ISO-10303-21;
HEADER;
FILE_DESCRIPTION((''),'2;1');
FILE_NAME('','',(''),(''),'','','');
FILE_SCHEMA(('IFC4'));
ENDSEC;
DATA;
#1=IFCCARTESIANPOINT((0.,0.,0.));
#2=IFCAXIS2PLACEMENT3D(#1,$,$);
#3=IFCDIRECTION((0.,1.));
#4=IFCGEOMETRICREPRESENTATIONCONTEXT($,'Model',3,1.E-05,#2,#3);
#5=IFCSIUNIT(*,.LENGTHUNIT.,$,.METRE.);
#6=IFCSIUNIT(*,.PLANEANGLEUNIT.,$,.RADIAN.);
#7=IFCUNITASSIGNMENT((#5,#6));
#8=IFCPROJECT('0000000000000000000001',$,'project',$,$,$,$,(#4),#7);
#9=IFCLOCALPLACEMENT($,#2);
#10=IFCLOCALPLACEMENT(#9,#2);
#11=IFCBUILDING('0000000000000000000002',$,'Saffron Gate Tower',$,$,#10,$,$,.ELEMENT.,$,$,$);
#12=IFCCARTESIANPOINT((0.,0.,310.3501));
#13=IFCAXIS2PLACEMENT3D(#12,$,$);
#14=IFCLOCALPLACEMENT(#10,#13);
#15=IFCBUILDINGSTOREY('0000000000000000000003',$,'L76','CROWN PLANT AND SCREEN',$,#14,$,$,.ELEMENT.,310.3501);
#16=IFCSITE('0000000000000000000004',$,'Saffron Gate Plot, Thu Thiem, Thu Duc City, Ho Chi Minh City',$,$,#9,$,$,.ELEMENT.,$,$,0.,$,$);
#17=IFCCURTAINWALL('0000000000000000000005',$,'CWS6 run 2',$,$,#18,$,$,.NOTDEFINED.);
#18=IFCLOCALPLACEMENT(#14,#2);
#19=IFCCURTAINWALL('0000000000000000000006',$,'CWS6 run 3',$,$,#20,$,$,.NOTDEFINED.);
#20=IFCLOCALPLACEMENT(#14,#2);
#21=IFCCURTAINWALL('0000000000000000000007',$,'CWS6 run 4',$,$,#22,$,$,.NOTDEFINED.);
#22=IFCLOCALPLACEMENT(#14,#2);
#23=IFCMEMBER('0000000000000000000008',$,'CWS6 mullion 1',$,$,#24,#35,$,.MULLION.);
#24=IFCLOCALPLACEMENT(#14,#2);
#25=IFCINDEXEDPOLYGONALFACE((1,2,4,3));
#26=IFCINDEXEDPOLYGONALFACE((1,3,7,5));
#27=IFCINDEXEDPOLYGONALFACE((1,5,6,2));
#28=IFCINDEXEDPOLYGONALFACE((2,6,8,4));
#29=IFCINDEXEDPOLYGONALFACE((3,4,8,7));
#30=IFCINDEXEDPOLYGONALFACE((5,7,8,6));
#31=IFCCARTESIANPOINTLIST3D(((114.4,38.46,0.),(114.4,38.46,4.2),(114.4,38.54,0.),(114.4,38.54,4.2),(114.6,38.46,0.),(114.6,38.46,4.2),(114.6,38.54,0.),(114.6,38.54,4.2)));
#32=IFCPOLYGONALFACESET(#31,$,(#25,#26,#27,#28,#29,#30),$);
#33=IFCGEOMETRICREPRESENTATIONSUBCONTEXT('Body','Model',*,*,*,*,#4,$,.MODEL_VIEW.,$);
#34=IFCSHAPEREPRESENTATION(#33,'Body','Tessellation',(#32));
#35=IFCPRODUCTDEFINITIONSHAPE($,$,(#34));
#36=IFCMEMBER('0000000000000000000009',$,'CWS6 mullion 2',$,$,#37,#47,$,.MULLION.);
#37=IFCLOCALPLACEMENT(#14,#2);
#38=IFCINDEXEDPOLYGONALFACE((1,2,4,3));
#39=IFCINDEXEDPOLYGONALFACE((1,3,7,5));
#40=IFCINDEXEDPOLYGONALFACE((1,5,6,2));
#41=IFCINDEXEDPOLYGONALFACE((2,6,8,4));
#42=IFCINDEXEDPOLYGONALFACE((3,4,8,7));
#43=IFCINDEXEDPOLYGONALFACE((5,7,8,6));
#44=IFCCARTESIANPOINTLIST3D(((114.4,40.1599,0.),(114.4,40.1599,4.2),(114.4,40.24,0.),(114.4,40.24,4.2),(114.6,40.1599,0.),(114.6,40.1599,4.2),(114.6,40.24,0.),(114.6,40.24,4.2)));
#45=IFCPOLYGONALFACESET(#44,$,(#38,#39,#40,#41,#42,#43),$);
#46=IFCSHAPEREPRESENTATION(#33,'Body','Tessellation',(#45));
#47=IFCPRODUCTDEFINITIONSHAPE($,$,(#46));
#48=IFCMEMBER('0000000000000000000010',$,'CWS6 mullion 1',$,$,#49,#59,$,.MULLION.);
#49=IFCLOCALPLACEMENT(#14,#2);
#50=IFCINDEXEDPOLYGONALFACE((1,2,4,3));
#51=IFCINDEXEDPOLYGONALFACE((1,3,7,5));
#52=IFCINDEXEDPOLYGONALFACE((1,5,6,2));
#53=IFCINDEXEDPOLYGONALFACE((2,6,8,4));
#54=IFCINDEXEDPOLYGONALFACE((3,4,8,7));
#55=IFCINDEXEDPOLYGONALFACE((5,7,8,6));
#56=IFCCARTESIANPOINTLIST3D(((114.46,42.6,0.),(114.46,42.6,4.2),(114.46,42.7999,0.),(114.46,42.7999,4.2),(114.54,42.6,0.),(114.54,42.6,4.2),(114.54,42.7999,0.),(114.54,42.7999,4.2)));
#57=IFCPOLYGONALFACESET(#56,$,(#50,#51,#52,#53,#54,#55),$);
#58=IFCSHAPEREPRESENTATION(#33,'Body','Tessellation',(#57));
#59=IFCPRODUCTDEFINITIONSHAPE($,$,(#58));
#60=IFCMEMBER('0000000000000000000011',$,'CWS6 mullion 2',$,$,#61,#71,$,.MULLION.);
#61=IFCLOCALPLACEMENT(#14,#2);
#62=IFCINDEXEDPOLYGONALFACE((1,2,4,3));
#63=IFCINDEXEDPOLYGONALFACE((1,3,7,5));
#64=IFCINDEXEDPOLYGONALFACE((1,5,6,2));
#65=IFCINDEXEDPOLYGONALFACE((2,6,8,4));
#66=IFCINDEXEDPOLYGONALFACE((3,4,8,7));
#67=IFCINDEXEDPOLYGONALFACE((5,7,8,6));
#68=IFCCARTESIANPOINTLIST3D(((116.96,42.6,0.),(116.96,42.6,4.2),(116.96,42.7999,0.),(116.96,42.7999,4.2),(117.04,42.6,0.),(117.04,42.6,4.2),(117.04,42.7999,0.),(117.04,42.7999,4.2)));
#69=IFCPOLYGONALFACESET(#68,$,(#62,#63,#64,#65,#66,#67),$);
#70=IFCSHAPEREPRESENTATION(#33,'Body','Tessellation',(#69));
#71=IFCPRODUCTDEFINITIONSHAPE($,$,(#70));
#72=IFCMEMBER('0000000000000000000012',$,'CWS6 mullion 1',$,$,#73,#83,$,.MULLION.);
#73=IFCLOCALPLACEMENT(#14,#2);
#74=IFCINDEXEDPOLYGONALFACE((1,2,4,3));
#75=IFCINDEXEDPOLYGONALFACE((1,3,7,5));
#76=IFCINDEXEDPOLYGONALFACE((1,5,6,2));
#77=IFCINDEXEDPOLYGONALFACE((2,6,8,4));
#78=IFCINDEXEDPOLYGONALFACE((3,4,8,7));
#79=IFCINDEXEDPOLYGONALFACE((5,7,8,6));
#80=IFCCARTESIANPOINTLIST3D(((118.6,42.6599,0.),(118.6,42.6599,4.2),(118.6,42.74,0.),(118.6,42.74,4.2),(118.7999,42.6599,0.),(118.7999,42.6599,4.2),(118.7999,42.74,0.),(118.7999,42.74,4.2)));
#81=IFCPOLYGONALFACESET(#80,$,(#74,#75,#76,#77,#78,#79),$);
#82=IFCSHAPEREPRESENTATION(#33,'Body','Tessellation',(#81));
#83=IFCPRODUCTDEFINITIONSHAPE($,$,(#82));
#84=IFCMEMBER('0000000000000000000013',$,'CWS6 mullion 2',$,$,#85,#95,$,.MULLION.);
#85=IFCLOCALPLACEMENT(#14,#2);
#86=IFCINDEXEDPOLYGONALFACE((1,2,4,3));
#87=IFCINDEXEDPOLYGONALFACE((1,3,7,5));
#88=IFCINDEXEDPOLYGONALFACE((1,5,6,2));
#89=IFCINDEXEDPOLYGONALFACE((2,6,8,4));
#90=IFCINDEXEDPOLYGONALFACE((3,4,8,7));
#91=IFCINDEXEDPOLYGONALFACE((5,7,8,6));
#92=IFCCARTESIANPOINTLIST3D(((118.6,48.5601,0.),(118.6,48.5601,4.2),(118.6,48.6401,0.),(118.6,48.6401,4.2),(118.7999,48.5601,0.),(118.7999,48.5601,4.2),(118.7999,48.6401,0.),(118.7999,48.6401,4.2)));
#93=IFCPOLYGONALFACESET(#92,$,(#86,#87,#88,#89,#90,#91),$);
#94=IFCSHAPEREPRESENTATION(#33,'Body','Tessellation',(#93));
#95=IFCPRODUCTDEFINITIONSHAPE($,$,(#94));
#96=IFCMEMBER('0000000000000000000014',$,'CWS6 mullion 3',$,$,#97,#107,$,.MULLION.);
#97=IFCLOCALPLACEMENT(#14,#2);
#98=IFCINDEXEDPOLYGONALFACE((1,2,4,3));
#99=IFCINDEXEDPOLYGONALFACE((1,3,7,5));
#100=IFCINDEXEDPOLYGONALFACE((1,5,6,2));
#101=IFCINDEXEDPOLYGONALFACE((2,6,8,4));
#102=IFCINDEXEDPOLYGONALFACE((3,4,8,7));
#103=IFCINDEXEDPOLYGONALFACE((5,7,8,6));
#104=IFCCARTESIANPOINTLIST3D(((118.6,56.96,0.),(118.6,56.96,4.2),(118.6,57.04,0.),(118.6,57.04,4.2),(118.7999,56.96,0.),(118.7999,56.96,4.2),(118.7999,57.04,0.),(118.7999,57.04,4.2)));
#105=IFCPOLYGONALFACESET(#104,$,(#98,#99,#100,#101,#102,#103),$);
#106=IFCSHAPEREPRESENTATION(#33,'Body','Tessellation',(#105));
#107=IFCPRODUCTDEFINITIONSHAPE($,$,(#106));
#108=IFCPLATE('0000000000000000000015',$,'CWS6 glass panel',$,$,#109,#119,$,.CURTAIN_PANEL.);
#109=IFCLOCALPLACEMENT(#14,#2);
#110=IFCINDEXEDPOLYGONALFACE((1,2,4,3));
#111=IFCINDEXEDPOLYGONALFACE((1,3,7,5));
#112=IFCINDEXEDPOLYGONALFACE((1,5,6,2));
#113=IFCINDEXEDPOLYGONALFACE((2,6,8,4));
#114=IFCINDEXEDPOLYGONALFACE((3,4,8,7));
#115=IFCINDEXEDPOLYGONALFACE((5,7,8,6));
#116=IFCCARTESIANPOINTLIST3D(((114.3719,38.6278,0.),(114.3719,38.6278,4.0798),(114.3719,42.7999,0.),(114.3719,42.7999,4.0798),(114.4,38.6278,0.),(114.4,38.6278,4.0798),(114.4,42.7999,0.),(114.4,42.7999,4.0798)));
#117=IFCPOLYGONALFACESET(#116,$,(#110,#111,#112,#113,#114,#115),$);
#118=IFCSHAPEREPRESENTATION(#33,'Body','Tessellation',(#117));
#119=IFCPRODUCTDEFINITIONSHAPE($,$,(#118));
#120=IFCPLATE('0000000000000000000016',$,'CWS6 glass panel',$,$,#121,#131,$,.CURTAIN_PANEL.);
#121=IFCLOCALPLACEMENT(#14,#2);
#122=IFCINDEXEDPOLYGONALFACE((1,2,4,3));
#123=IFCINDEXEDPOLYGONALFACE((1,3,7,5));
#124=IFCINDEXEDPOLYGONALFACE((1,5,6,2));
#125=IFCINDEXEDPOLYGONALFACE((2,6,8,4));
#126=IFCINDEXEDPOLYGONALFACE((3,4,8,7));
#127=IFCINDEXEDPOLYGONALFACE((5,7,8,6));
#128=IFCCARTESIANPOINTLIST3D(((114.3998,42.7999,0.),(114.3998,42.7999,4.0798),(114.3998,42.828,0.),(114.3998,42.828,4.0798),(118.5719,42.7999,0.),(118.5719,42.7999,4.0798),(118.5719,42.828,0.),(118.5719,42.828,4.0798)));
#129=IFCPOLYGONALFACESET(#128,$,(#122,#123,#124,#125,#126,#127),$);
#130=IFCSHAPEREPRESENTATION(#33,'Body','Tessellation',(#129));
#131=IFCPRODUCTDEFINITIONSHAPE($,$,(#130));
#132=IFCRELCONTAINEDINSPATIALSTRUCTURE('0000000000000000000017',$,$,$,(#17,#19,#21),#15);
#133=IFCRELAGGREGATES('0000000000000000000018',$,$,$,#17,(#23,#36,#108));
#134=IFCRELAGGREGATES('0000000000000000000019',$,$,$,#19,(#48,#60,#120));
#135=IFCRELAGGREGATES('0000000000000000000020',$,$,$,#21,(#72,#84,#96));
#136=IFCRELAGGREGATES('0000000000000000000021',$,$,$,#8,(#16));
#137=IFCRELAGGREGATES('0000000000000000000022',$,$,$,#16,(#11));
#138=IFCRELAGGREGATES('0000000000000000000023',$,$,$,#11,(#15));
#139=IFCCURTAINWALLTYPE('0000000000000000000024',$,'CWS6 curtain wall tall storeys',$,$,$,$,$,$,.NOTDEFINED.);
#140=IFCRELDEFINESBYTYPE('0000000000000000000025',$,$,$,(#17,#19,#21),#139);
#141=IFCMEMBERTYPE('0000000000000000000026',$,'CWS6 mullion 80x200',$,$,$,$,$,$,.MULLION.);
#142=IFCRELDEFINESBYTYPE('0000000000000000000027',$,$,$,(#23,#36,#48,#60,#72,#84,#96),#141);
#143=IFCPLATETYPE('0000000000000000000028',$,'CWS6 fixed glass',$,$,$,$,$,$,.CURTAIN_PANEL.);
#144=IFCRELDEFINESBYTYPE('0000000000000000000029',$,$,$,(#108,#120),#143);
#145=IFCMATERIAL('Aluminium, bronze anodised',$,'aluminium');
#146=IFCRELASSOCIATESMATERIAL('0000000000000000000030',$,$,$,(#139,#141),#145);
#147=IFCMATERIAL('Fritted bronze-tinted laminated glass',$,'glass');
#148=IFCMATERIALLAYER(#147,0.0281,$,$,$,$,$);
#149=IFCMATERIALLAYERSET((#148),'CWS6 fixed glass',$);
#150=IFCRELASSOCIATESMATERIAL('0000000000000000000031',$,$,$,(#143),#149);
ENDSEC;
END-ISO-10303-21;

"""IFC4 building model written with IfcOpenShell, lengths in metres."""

from ifc_helpers import new_model, si_unit, direction, frame, frame_2d, origin, origin_2d, place, context, subcontext, project, spatial, rectangle, extrude, material, layer, layer_set, material_profile, profile_set, type_object, element, aggregate, save


model = new_model("IFC4")

# Units and contexts
model_context = context("Model", 3, precision=1e-05, world=origin(), true_north=direction((0.0, 1.0)))
body_context = subcontext(model_context, "Body", "Model", "MODEL_VIEW")
ifc_project = project(units=[si_unit("LENGTHUNIT", "METRE"), si_unit("PLANEANGLEUNIT", "RADIAN")], contexts=[model_context])

# Site, building, storey
site_placement = place(None, origin())
site = spatial("IfcSite", under=ifc_project, at=site_placement, Name="Saffron Gate Plot, Thu Thiem, Thu Duc City, Ho Chi Minh City", CompositionType="ELEMENT", RefElevation=0.0)
building_placement = place(site_placement, origin())
building = spatial("IfcBuilding", under=site, at=building_placement, Name="Saffron Gate Tower", CompositionType="ELEMENT")
storey_placement = place(building_placement, frame((0.0, 0.0, 310.3501)))
storey = spatial("IfcBuildingStorey", under=building, at=storey_placement, Name="L76", Description="CROWN PLANT AND SCREEN", CompositionType="ELEMENT", Elevation=310.3501)

# Curtain walls
ifc_material_1 = material(Name="Aluminium, bronze anodised", Category="aluminium")
curtain_wall_type = type_object("IfcCurtainWallType", Name="CWS6 curtain wall tall storeys", PredefinedType="NOTDEFINED", material=ifc_material_1)
curtain_wall_1_placement = place(storey_placement, origin())
curtain_wall_1 = element("IfcCurtainWall", 1, at=curtain_wall_1_placement, inside=storey, type_object=curtain_wall_type, Name="CWS6 run 2", PredefinedType="NOTDEFINED")
curtain_wall_2_placement = place(storey_placement, origin())
curtain_wall_2 = element("IfcCurtainWall", 2, at=curtain_wall_2_placement, inside=storey, type_object=curtain_wall_type, Name="CWS6 run 3", PredefinedType="NOTDEFINED")
curtain_wall_3_placement = place(storey_placement, origin())
curtain_wall_3 = element("IfcCurtainWall", 3, at=curtain_wall_3_placement, inside=storey, type_object=curtain_wall_type, Name="CWS6 run 4", PredefinedType="NOTDEFINED")

# Members
ifc_material_profile_1 = material_profile(ifc_material_1, rectangle(XDim=0.2, YDim=0.0801, at=origin_2d()))
ifc_profile_set_1 = profile_set([ifc_material_profile_1], Name="Aluminium, bronze anodised")
member_type_1 = type_object("IfcMemberType", Name="CWS6 mullion 80x200", PredefinedType="MULLION", material=ifc_profile_set_1)
member_1_placement = place(storey_placement, frame((114.5, 38.5, 0.0), z_axis=(0.0, 0.0, 1.0), x_axis=(-1.0, 0.0, 0.0)))
member_1 = element("IfcMember", 4, at=member_1_placement, type_object=member_type_1, Name="CWS6 mullion 1", PredefinedType="MULLION", context=body_context, shape_type="SweptSolid", body=[
    extrude(rectangle(XDim=0.2, YDim=0.0801, at=origin_2d()), origin(), (0.0, 0.0, 1.0), 4.2),
])
member_2_placement = place(storey_placement, frame((114.5, 40.2, 0.0), z_axis=(0.0, 0.0, 1.0), x_axis=(-1.0, 0.0, 0.0)))
member_2 = element("IfcMember", 5, at=member_2_placement, type_object=member_type_1, Name="CWS6 mullion 2", PredefinedType="MULLION", context=body_context, shape_type="SweptSolid", body=[
    extrude(rectangle(XDim=0.2, YDim=0.0801, at=origin_2d()), origin(), (0.0, 0.0, 1.0), 4.2),
])
member_3_placement = place(storey_placement, frame((114.5, 42.7, 0.0), z_axis=(0.0, 0.0, 1.0), x_axis=(0.0, 1.0, 0.0)))
member_3 = element("IfcMember", 6, at=member_3_placement, type_object=member_type_1, Name="CWS6 mullion 1", PredefinedType="MULLION", context=body_context, shape_type="SweptSolid", body=[
    extrude(rectangle(XDim=0.2, YDim=0.0801, at=origin_2d()), origin(), (0.0, 0.0, 1.0), 4.2),
])
member_4_placement = place(storey_placement, frame((117.0, 42.7, 0.0), z_axis=(0.0, 0.0, 1.0), x_axis=(0.0, 1.0, 0.0)))
member_4 = element("IfcMember", 7, at=member_4_placement, type_object=member_type_1, Name="CWS6 mullion 2", PredefinedType="MULLION", context=body_context, shape_type="SweptSolid", body=[
    extrude(rectangle(XDim=0.2, YDim=0.0801, at=origin_2d()), origin(), (0.0, 0.0, 1.0), 4.2),
])
member_5_placement = place(storey_placement, frame((118.7, 42.7, 0.0), z_axis=(0.0, 0.0, 1.0), x_axis=(-1.0, 0.0, 0.0)))
member_5 = element("IfcMember", 8, at=member_5_placement, type_object=member_type_1, Name="CWS6 mullion 1", PredefinedType="MULLION", context=body_context, shape_type="SweptSolid", body=[
    extrude(rectangle(XDim=0.2, YDim=0.0801, at=origin_2d()), origin(), (0.0, 0.0, 1.0), 4.2),
])
member_6_placement = place(storey_placement, frame((118.7, 48.6001, 0.0), z_axis=(0.0, 0.0, 1.0), x_axis=(-1.0, 0.0, 0.0)))
member_6 = element("IfcMember", 9, at=member_6_placement, type_object=member_type_1, Name="CWS6 mullion 2", PredefinedType="MULLION", context=body_context, shape_type="SweptSolid", body=[
    extrude(rectangle(XDim=0.2, YDim=0.0801, at=origin_2d()), origin(), (0.0, 0.0, 1.0), 4.2),
])
member_7_placement = place(storey_placement, frame((118.7, 57.0, 0.0), z_axis=(0.0, 0.0, 1.0), x_axis=(-1.0, 0.0, 0.0)))
member_7 = element("IfcMember", 10, at=member_7_placement, type_object=member_type_1, Name="CWS6 mullion 3", PredefinedType="MULLION", context=body_context, shape_type="SweptSolid", body=[
    extrude(rectangle(XDim=0.2, YDim=0.0801, at=origin_2d()), origin(), (0.0, 0.0, 1.0), 4.2),
])

# Plates
ifc_material_2 = material(Name="Fritted bronze-tinted laminated glass", Category="glass")
ifc_layer_1 = layer(ifc_material_2, 0.0281)
ifc_layer_set_1 = layer_set([ifc_layer_1], Name="CWS6 fixed glass")
plate_type = type_object("IfcPlateType", Name="CWS6 fixed glass", PredefinedType="CURTAIN_PANEL", material=ifc_layer_set_1)
plate_1_placement = place(storey_placement, frame((114.386, 38.6279, 0.0), z_axis=(0.0, 0.0, 1.0), x_axis=(0.0, 1.0, 0.0)))
plate_1 = element("IfcPlate", 11, at=plate_1_placement, type_object=plate_type, Name="CWS6 glass panel", PredefinedType="CURTAIN_PANEL", context=body_context, shape_type="SweptSolid", body=[
    extrude(rectangle(XDim=4.1721, YDim=0.0281, at=frame_2d((2.0859, 0.0))), origin(), (0.0, 0.0, 1.0), 4.0798),
])
aggregate(curtain_wall_1, [member_1, member_2, plate_1])
plate_2_placement = place(storey_placement, frame((114.3999, 42.814, 0.0), z_axis=(0.0, 0.0, 1.0), x_axis=(1.0, 0.0, 0.0)))
plate_2 = element("IfcPlate", 12, at=plate_2_placement, type_object=plate_type, Name="CWS6 glass panel", PredefinedType="CURTAIN_PANEL", context=body_context, shape_type="SweptSolid", body=[
    extrude(rectangle(XDim=4.1721, YDim=0.0281, at=frame_2d((2.0859, 0.0))), origin(), (0.0, 0.0, 1.0), 4.0798),
])
aggregate(curtain_wall_2, [member_3, member_4, plate_2])

aggregate(curtain_wall_3, [member_5, member_6, member_7])

save(model, "model.ifc")
